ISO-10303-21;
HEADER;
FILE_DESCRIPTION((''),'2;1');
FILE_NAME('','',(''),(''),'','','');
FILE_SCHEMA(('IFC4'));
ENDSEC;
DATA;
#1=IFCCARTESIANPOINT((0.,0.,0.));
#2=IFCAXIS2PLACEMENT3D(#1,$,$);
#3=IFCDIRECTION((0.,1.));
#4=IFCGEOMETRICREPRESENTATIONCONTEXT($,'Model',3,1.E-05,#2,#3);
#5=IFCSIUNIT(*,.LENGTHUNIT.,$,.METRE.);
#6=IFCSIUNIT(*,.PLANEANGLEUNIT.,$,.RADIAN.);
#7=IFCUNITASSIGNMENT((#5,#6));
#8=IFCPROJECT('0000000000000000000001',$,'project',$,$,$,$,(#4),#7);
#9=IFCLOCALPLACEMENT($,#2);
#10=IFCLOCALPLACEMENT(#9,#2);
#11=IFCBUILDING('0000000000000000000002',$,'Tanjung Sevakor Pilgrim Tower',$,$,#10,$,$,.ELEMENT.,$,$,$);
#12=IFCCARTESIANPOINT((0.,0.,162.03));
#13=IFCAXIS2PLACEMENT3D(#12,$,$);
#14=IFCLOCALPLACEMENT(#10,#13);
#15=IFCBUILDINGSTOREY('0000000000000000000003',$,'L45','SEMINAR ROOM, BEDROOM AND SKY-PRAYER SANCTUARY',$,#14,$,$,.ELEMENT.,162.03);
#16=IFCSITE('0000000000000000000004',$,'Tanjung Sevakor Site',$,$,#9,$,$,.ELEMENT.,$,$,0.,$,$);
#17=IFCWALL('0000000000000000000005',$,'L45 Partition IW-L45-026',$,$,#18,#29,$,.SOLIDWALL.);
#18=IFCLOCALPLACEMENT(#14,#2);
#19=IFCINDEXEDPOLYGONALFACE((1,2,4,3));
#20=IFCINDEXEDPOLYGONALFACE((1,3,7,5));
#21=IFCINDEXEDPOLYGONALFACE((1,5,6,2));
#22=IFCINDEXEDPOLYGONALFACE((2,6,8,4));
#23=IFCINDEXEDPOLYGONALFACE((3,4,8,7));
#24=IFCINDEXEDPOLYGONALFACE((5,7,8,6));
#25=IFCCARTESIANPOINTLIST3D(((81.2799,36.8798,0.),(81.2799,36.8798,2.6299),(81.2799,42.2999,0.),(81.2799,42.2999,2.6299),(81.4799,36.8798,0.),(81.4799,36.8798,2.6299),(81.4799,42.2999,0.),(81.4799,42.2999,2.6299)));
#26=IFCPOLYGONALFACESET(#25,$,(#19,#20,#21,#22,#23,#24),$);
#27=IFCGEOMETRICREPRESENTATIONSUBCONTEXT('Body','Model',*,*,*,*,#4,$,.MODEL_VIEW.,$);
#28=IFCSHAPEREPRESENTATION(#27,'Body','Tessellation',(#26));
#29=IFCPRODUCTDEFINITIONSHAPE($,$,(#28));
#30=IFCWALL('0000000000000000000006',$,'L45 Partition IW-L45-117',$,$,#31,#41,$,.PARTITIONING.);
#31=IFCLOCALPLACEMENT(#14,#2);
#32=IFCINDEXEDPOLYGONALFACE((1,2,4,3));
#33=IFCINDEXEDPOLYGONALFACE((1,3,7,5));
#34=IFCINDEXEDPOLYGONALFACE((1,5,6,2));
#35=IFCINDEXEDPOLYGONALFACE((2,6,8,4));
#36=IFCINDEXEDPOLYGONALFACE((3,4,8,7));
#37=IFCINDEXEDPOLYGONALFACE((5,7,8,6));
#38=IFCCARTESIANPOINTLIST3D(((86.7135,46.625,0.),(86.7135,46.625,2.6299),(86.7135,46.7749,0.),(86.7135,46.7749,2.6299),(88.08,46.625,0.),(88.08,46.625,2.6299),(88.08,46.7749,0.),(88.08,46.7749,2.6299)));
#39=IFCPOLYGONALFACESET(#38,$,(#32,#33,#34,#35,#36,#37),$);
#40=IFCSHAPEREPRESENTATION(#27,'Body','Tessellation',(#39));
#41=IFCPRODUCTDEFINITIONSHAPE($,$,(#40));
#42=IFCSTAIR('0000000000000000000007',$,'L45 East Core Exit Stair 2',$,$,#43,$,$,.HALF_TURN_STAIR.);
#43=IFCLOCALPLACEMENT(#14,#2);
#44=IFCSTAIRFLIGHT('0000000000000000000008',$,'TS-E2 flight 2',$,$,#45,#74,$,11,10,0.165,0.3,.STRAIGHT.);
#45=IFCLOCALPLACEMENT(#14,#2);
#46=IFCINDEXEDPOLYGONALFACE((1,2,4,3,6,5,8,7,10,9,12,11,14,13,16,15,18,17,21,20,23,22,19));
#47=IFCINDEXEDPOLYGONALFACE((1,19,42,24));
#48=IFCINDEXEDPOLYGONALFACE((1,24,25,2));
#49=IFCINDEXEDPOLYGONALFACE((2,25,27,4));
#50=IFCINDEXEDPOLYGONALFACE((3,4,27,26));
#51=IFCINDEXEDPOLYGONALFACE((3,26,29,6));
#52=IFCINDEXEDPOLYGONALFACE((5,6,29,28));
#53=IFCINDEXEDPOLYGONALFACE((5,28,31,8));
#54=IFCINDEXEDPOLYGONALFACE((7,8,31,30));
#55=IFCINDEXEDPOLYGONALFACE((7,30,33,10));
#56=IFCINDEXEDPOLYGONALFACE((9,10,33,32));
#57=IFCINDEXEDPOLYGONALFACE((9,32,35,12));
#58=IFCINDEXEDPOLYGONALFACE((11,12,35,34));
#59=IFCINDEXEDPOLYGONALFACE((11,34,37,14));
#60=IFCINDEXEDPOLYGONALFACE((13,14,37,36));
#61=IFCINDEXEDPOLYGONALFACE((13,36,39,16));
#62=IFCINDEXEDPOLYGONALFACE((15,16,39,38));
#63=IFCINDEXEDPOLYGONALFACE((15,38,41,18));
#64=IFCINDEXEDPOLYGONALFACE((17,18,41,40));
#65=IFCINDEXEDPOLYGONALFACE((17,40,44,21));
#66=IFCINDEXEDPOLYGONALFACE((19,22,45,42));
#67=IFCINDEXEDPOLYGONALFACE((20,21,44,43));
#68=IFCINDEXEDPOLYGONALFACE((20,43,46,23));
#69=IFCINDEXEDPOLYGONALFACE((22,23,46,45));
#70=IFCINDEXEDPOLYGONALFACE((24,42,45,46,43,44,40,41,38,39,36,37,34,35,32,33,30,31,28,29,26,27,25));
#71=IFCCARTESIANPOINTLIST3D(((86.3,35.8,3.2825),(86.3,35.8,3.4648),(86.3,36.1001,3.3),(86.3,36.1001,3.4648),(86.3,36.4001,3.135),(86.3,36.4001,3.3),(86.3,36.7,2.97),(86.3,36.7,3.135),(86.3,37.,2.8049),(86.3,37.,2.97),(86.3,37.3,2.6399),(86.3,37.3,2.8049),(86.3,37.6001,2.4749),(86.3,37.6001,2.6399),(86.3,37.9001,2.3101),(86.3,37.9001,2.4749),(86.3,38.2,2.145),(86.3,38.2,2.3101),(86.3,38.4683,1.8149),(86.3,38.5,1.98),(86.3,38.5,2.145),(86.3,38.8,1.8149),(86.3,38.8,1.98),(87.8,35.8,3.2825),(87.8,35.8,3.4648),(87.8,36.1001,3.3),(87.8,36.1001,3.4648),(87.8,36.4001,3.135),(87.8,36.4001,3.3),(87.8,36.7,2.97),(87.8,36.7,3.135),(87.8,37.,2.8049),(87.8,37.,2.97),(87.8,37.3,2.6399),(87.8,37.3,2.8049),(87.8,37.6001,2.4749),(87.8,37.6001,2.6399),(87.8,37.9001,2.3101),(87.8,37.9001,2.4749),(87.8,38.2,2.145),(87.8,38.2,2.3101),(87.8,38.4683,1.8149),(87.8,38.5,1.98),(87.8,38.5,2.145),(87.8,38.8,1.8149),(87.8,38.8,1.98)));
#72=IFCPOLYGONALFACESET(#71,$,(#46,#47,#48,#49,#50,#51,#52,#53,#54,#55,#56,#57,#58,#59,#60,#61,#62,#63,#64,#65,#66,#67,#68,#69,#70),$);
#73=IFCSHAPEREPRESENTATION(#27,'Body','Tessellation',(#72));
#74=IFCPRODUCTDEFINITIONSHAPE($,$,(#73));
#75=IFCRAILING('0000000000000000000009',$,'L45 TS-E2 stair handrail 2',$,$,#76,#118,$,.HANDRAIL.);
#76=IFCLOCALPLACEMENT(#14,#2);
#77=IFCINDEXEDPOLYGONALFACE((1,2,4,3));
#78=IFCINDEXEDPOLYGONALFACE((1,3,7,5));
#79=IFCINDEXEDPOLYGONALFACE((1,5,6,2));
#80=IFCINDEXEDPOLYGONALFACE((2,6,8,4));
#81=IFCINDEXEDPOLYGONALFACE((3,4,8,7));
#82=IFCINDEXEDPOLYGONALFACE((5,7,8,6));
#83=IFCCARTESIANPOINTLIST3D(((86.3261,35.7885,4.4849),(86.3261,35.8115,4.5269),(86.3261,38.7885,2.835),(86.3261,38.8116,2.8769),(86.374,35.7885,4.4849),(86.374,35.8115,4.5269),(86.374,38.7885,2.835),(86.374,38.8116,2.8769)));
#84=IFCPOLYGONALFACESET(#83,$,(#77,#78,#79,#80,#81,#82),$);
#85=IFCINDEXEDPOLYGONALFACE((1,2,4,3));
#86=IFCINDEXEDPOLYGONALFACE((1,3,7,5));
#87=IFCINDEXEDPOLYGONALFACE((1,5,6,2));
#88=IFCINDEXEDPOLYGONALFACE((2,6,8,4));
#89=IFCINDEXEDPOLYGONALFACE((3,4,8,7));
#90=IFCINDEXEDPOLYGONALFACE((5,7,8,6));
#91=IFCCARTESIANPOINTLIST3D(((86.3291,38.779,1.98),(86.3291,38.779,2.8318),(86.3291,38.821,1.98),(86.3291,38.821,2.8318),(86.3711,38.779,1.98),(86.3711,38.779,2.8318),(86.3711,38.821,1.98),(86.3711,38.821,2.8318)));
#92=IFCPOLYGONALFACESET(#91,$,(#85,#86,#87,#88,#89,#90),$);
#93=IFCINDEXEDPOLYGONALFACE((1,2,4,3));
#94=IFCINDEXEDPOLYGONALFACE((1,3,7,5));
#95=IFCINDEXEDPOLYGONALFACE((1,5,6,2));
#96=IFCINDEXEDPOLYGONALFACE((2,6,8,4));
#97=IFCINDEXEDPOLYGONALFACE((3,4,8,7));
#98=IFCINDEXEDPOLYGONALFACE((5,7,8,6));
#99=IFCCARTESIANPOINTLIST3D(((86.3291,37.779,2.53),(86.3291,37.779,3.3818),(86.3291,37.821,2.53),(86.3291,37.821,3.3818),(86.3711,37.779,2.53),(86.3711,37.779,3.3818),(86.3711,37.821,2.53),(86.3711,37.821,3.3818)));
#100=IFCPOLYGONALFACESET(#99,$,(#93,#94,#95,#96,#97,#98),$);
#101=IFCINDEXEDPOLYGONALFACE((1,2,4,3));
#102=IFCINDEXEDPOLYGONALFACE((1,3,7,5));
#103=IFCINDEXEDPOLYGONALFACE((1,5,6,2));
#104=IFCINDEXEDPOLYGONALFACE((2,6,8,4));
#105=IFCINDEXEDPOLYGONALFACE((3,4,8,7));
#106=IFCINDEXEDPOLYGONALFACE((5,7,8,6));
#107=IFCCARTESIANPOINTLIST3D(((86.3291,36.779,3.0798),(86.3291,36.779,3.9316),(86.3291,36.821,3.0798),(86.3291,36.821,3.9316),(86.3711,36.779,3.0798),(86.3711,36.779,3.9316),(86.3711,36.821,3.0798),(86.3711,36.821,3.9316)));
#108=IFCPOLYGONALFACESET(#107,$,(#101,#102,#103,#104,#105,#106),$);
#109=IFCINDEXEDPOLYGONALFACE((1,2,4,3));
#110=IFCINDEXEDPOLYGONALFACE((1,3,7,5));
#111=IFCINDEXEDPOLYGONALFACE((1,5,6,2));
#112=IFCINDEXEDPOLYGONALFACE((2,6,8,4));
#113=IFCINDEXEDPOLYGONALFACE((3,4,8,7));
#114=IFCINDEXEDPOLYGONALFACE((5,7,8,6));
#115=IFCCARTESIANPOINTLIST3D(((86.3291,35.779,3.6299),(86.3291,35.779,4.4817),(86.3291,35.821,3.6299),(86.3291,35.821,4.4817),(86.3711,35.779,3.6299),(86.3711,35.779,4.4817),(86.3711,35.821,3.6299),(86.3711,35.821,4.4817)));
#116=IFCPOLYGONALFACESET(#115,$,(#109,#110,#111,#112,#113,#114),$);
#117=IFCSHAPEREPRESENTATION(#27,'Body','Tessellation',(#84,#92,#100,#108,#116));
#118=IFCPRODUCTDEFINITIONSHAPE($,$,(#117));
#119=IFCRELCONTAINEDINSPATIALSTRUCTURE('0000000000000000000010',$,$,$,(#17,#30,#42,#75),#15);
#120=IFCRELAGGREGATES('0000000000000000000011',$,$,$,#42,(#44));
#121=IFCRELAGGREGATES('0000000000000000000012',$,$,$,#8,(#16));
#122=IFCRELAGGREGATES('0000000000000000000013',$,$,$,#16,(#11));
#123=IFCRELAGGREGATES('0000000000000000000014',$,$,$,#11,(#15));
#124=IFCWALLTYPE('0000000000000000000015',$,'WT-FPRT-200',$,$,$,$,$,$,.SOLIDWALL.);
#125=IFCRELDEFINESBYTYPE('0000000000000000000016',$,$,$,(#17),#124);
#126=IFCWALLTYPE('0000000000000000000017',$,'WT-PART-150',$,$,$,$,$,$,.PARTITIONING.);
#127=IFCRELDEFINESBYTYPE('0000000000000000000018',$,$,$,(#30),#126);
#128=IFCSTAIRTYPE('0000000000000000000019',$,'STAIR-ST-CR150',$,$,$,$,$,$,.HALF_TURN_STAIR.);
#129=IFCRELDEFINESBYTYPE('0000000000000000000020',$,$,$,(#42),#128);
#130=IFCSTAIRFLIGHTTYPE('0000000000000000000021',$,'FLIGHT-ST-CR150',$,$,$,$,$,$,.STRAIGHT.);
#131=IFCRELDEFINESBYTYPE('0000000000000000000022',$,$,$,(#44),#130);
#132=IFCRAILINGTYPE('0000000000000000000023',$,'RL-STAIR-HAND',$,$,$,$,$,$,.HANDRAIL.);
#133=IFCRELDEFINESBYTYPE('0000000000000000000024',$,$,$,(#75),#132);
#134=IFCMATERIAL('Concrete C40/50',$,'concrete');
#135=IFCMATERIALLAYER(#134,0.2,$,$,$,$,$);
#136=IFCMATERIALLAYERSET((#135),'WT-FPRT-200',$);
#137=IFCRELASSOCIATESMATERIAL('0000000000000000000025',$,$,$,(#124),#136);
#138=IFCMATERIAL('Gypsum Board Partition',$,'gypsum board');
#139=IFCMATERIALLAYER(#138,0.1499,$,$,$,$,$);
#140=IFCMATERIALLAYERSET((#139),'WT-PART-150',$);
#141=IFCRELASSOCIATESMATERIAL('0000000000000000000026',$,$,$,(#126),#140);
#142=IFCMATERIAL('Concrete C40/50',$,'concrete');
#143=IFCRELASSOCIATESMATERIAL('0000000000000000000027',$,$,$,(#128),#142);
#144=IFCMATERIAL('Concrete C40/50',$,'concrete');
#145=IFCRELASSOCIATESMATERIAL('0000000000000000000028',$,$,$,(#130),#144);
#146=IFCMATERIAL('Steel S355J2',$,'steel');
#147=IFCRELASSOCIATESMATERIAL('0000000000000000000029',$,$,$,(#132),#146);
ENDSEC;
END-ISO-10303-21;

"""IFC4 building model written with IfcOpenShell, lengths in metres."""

from ifc_helpers import new_model, si_unit, direction, frame, frame_2d, origin, place, context, subcontext, project, spatial, polyline, rectangle, outline, extrude, material, layer, layer_set, type_object, element, aggregate, save


model = new_model("IFC4")

# Units and contexts
model_context = context("Model", 3, precision=1e-05, world=origin(), true_north=direction((0.0, 1.0)))
body_context = subcontext(model_context, "Body", "Model", "MODEL_VIEW")
ifc_project = project(units=[si_unit("LENGTHUNIT", "METRE"), si_unit("PLANEANGLEUNIT", "RADIAN")], contexts=[model_context])

# Site, building, storey
site_placement = place(None, origin())
site = spatial("IfcSite", under=ifc_project, at=site_placement, Name="Tanjung Sevakor Site", CompositionType="ELEMENT", RefElevation=0.0)
building_placement = place(site_placement, origin())
building = spatial("IfcBuilding", under=site, at=building_placement, Name="Tanjung Sevakor Pilgrim Tower", CompositionType="ELEMENT")
storey_placement = place(building_placement, frame((0.0, 0.0, 162.03)))
storey = spatial("IfcBuildingStorey", under=building, at=storey_placement, Name="L45", Description="SEMINAR ROOM, BEDROOM AND SKY-PRAYER SANCTUARY", CompositionType="ELEMENT", Elevation=162.03)

# Walls
ifc_material_1 = material(Name="Concrete C40/50", Category="concrete")
ifc_layer_1 = layer(ifc_material_1, 0.2)
ifc_layer_set_1 = layer_set([ifc_layer_1], Name="WT-FPRT-200")
wall_type_1 = type_object("IfcWallType", Name="WT-FPRT-200", PredefinedType="SOLIDWALL", material=ifc_layer_set_1)
wall_1_placement = place(storey_placement, frame((81.3799, 36.8799, 0.0), z_axis=(0.0, 0.0, 1.0), x_axis=(0.0, 1.0, 0.0)))
element("IfcWall", 1, at=wall_1_placement, inside=storey, type_object=wall_type_1, Name="L45 Partition IW-L45-026", PredefinedType="SOLIDWALL", context=body_context, shape_type="SweptSolid", body=[
    extrude(rectangle(XDim=5.4202, YDim=0.2, at=frame_2d((2.71, 0.0))), origin(), (0.0, 0.0, 1.0), 2.6299),
])
ifc_material_2 = material(Name="Gypsum Board Partition", Category="gypsum board")
ifc_layer_2 = layer(ifc_material_2, 0.1499)
ifc_layer_set_2 = layer_set([ifc_layer_2], Name="WT-PART-150")
wall_type_2 = type_object("IfcWallType", Name="WT-PART-150", PredefinedType="PARTITIONING", material=ifc_layer_set_2)
wall_2_placement = place(storey_placement, frame((86.7136, 46.7, 0.0), z_axis=(0.0, 0.0, 1.0), x_axis=(1.0, 0.0, 0.0)))
element("IfcWall", 2, at=wall_2_placement, inside=storey, type_object=wall_type_2, Name="L45 Partition IW-L45-117", PredefinedType="PARTITIONING", context=body_context, shape_type="SweptSolid", body=[
    extrude(rectangle(XDim=1.3665, YDim=0.1499, at=frame_2d((0.6831, 0.0))), origin(), (0.0, 0.0, 1.0), 2.6299),
])

# Stair, stair flight
ifc_material_3 = material(Name="Concrete C40/50", Category="concrete")
stair_type = type_object("IfcStairType", Name="STAIR-ST-CR150", PredefinedType="HALF_TURN_STAIR", material=ifc_material_3)
stair_placement = place(storey_placement, origin())
stair = element("IfcStair", 3, at=stair_placement, inside=storey, type_object=stair_type, Name="L45 East Core Exit Stair 2", PredefinedType="HALF_TURN_STAIR")
ifc_material_4 = material(Name="Concrete C40/50", Category="concrete")
stair_flight_type = type_object("IfcStairFlightType", Name="FLIGHT-ST-CR150", PredefinedType="STRAIGHT", material=ifc_material_4)
stair_flight_placement = place(storey_placement, frame((87.05, 38.8, 1.8149), z_axis=(0.0, 0.0, 1.0), x_axis=(0.0, -1.0, 0.0)))
stair_flight = element("IfcStairFlight", 4, at=stair_flight_placement, type_object=stair_flight_type, Name="TS-E2 flight 2", NumberOfRisers=11, NumberOfTreads=10, PredefinedType="STRAIGHT", RiserHeight=0.165, TreadLength=0.3, context=body_context, shape_type="SweptSolid", body=[
    extrude(outline(polyline([(0.0, 0.0), (0.0, 0.165), (0.3, 0.165), (0.3, 0.3301), (0.6001, 0.3301), (0.6001, 0.4951), (0.8999, 0.4951), (0.8999, 0.6599), (1.2, 0.6599), (1.2, 0.825), (1.5, 0.825), (1.5, 0.99), (1.8, 0.99), (1.8, 1.155), (2.1001, 1.155), (2.1001, 1.3201), (2.3999, 1.3201), (2.3999, 1.4851), (2.7, 1.4851), (2.7, 1.6499), (3.0, 1.6499), (3.0, 1.8149), (3.0, 1.4675), (0.3318, 0.0), (0.0, 0.0)])), frame((0.0, 0.75, 0.0), z_axis=(0.0, -1.0, 0.0), x_axis=(1.0, 0.0, 0.0)), (0.0, 0.0, 1.0), 1.5),
])
aggregate(stair, [stair_flight])

# Railing
ifc_material_5 = material(Name="Steel S355J2", Category="steel")
railing_type = type_object("IfcRailingType", Name="RL-STAIR-HAND", PredefinedType="HANDRAIL", material=ifc_material_5)
railing_placement = place(storey_placement, frame((86.3501, 38.8, 1.98)))
element("IfcRailing", 5, at=railing_placement, inside=storey, type_object=railing_type, Name="L45 TS-E2 stair handrail 2", PredefinedType="HANDRAIL", context=body_context, shape_type="SweptSolid", body=[
    extrude(rectangle(XDim=0.0479, YDim=0.0479), frame((0.0, 0.0, 0.876), z_axis=(0.0, -0.876228, 0.481897), x_axis=(1.0, 0.0, 0.0)), (0.0, 0.0, 1.0), 3.4238),
    extrude(rectangle(XDim=0.042, YDim=0.042), origin(), (0.0, 0.0, 1.0), 0.8518),
    extrude(rectangle(XDim=0.042, YDim=0.042), frame((0.0, -1.0, 0.55)), (0.0, 0.0, 1.0), 0.8518),
    extrude(rectangle(XDim=0.042, YDim=0.042), frame((0.0, -2.0, 1.0999)), (0.0, 0.0, 1.0), 0.8518),
    extrude(rectangle(XDim=0.042, YDim=0.042), frame((0.0, -3.0, 1.6499)), (0.0, 0.0, 1.0), 0.8518),
])

save(model, "model.ifc")
